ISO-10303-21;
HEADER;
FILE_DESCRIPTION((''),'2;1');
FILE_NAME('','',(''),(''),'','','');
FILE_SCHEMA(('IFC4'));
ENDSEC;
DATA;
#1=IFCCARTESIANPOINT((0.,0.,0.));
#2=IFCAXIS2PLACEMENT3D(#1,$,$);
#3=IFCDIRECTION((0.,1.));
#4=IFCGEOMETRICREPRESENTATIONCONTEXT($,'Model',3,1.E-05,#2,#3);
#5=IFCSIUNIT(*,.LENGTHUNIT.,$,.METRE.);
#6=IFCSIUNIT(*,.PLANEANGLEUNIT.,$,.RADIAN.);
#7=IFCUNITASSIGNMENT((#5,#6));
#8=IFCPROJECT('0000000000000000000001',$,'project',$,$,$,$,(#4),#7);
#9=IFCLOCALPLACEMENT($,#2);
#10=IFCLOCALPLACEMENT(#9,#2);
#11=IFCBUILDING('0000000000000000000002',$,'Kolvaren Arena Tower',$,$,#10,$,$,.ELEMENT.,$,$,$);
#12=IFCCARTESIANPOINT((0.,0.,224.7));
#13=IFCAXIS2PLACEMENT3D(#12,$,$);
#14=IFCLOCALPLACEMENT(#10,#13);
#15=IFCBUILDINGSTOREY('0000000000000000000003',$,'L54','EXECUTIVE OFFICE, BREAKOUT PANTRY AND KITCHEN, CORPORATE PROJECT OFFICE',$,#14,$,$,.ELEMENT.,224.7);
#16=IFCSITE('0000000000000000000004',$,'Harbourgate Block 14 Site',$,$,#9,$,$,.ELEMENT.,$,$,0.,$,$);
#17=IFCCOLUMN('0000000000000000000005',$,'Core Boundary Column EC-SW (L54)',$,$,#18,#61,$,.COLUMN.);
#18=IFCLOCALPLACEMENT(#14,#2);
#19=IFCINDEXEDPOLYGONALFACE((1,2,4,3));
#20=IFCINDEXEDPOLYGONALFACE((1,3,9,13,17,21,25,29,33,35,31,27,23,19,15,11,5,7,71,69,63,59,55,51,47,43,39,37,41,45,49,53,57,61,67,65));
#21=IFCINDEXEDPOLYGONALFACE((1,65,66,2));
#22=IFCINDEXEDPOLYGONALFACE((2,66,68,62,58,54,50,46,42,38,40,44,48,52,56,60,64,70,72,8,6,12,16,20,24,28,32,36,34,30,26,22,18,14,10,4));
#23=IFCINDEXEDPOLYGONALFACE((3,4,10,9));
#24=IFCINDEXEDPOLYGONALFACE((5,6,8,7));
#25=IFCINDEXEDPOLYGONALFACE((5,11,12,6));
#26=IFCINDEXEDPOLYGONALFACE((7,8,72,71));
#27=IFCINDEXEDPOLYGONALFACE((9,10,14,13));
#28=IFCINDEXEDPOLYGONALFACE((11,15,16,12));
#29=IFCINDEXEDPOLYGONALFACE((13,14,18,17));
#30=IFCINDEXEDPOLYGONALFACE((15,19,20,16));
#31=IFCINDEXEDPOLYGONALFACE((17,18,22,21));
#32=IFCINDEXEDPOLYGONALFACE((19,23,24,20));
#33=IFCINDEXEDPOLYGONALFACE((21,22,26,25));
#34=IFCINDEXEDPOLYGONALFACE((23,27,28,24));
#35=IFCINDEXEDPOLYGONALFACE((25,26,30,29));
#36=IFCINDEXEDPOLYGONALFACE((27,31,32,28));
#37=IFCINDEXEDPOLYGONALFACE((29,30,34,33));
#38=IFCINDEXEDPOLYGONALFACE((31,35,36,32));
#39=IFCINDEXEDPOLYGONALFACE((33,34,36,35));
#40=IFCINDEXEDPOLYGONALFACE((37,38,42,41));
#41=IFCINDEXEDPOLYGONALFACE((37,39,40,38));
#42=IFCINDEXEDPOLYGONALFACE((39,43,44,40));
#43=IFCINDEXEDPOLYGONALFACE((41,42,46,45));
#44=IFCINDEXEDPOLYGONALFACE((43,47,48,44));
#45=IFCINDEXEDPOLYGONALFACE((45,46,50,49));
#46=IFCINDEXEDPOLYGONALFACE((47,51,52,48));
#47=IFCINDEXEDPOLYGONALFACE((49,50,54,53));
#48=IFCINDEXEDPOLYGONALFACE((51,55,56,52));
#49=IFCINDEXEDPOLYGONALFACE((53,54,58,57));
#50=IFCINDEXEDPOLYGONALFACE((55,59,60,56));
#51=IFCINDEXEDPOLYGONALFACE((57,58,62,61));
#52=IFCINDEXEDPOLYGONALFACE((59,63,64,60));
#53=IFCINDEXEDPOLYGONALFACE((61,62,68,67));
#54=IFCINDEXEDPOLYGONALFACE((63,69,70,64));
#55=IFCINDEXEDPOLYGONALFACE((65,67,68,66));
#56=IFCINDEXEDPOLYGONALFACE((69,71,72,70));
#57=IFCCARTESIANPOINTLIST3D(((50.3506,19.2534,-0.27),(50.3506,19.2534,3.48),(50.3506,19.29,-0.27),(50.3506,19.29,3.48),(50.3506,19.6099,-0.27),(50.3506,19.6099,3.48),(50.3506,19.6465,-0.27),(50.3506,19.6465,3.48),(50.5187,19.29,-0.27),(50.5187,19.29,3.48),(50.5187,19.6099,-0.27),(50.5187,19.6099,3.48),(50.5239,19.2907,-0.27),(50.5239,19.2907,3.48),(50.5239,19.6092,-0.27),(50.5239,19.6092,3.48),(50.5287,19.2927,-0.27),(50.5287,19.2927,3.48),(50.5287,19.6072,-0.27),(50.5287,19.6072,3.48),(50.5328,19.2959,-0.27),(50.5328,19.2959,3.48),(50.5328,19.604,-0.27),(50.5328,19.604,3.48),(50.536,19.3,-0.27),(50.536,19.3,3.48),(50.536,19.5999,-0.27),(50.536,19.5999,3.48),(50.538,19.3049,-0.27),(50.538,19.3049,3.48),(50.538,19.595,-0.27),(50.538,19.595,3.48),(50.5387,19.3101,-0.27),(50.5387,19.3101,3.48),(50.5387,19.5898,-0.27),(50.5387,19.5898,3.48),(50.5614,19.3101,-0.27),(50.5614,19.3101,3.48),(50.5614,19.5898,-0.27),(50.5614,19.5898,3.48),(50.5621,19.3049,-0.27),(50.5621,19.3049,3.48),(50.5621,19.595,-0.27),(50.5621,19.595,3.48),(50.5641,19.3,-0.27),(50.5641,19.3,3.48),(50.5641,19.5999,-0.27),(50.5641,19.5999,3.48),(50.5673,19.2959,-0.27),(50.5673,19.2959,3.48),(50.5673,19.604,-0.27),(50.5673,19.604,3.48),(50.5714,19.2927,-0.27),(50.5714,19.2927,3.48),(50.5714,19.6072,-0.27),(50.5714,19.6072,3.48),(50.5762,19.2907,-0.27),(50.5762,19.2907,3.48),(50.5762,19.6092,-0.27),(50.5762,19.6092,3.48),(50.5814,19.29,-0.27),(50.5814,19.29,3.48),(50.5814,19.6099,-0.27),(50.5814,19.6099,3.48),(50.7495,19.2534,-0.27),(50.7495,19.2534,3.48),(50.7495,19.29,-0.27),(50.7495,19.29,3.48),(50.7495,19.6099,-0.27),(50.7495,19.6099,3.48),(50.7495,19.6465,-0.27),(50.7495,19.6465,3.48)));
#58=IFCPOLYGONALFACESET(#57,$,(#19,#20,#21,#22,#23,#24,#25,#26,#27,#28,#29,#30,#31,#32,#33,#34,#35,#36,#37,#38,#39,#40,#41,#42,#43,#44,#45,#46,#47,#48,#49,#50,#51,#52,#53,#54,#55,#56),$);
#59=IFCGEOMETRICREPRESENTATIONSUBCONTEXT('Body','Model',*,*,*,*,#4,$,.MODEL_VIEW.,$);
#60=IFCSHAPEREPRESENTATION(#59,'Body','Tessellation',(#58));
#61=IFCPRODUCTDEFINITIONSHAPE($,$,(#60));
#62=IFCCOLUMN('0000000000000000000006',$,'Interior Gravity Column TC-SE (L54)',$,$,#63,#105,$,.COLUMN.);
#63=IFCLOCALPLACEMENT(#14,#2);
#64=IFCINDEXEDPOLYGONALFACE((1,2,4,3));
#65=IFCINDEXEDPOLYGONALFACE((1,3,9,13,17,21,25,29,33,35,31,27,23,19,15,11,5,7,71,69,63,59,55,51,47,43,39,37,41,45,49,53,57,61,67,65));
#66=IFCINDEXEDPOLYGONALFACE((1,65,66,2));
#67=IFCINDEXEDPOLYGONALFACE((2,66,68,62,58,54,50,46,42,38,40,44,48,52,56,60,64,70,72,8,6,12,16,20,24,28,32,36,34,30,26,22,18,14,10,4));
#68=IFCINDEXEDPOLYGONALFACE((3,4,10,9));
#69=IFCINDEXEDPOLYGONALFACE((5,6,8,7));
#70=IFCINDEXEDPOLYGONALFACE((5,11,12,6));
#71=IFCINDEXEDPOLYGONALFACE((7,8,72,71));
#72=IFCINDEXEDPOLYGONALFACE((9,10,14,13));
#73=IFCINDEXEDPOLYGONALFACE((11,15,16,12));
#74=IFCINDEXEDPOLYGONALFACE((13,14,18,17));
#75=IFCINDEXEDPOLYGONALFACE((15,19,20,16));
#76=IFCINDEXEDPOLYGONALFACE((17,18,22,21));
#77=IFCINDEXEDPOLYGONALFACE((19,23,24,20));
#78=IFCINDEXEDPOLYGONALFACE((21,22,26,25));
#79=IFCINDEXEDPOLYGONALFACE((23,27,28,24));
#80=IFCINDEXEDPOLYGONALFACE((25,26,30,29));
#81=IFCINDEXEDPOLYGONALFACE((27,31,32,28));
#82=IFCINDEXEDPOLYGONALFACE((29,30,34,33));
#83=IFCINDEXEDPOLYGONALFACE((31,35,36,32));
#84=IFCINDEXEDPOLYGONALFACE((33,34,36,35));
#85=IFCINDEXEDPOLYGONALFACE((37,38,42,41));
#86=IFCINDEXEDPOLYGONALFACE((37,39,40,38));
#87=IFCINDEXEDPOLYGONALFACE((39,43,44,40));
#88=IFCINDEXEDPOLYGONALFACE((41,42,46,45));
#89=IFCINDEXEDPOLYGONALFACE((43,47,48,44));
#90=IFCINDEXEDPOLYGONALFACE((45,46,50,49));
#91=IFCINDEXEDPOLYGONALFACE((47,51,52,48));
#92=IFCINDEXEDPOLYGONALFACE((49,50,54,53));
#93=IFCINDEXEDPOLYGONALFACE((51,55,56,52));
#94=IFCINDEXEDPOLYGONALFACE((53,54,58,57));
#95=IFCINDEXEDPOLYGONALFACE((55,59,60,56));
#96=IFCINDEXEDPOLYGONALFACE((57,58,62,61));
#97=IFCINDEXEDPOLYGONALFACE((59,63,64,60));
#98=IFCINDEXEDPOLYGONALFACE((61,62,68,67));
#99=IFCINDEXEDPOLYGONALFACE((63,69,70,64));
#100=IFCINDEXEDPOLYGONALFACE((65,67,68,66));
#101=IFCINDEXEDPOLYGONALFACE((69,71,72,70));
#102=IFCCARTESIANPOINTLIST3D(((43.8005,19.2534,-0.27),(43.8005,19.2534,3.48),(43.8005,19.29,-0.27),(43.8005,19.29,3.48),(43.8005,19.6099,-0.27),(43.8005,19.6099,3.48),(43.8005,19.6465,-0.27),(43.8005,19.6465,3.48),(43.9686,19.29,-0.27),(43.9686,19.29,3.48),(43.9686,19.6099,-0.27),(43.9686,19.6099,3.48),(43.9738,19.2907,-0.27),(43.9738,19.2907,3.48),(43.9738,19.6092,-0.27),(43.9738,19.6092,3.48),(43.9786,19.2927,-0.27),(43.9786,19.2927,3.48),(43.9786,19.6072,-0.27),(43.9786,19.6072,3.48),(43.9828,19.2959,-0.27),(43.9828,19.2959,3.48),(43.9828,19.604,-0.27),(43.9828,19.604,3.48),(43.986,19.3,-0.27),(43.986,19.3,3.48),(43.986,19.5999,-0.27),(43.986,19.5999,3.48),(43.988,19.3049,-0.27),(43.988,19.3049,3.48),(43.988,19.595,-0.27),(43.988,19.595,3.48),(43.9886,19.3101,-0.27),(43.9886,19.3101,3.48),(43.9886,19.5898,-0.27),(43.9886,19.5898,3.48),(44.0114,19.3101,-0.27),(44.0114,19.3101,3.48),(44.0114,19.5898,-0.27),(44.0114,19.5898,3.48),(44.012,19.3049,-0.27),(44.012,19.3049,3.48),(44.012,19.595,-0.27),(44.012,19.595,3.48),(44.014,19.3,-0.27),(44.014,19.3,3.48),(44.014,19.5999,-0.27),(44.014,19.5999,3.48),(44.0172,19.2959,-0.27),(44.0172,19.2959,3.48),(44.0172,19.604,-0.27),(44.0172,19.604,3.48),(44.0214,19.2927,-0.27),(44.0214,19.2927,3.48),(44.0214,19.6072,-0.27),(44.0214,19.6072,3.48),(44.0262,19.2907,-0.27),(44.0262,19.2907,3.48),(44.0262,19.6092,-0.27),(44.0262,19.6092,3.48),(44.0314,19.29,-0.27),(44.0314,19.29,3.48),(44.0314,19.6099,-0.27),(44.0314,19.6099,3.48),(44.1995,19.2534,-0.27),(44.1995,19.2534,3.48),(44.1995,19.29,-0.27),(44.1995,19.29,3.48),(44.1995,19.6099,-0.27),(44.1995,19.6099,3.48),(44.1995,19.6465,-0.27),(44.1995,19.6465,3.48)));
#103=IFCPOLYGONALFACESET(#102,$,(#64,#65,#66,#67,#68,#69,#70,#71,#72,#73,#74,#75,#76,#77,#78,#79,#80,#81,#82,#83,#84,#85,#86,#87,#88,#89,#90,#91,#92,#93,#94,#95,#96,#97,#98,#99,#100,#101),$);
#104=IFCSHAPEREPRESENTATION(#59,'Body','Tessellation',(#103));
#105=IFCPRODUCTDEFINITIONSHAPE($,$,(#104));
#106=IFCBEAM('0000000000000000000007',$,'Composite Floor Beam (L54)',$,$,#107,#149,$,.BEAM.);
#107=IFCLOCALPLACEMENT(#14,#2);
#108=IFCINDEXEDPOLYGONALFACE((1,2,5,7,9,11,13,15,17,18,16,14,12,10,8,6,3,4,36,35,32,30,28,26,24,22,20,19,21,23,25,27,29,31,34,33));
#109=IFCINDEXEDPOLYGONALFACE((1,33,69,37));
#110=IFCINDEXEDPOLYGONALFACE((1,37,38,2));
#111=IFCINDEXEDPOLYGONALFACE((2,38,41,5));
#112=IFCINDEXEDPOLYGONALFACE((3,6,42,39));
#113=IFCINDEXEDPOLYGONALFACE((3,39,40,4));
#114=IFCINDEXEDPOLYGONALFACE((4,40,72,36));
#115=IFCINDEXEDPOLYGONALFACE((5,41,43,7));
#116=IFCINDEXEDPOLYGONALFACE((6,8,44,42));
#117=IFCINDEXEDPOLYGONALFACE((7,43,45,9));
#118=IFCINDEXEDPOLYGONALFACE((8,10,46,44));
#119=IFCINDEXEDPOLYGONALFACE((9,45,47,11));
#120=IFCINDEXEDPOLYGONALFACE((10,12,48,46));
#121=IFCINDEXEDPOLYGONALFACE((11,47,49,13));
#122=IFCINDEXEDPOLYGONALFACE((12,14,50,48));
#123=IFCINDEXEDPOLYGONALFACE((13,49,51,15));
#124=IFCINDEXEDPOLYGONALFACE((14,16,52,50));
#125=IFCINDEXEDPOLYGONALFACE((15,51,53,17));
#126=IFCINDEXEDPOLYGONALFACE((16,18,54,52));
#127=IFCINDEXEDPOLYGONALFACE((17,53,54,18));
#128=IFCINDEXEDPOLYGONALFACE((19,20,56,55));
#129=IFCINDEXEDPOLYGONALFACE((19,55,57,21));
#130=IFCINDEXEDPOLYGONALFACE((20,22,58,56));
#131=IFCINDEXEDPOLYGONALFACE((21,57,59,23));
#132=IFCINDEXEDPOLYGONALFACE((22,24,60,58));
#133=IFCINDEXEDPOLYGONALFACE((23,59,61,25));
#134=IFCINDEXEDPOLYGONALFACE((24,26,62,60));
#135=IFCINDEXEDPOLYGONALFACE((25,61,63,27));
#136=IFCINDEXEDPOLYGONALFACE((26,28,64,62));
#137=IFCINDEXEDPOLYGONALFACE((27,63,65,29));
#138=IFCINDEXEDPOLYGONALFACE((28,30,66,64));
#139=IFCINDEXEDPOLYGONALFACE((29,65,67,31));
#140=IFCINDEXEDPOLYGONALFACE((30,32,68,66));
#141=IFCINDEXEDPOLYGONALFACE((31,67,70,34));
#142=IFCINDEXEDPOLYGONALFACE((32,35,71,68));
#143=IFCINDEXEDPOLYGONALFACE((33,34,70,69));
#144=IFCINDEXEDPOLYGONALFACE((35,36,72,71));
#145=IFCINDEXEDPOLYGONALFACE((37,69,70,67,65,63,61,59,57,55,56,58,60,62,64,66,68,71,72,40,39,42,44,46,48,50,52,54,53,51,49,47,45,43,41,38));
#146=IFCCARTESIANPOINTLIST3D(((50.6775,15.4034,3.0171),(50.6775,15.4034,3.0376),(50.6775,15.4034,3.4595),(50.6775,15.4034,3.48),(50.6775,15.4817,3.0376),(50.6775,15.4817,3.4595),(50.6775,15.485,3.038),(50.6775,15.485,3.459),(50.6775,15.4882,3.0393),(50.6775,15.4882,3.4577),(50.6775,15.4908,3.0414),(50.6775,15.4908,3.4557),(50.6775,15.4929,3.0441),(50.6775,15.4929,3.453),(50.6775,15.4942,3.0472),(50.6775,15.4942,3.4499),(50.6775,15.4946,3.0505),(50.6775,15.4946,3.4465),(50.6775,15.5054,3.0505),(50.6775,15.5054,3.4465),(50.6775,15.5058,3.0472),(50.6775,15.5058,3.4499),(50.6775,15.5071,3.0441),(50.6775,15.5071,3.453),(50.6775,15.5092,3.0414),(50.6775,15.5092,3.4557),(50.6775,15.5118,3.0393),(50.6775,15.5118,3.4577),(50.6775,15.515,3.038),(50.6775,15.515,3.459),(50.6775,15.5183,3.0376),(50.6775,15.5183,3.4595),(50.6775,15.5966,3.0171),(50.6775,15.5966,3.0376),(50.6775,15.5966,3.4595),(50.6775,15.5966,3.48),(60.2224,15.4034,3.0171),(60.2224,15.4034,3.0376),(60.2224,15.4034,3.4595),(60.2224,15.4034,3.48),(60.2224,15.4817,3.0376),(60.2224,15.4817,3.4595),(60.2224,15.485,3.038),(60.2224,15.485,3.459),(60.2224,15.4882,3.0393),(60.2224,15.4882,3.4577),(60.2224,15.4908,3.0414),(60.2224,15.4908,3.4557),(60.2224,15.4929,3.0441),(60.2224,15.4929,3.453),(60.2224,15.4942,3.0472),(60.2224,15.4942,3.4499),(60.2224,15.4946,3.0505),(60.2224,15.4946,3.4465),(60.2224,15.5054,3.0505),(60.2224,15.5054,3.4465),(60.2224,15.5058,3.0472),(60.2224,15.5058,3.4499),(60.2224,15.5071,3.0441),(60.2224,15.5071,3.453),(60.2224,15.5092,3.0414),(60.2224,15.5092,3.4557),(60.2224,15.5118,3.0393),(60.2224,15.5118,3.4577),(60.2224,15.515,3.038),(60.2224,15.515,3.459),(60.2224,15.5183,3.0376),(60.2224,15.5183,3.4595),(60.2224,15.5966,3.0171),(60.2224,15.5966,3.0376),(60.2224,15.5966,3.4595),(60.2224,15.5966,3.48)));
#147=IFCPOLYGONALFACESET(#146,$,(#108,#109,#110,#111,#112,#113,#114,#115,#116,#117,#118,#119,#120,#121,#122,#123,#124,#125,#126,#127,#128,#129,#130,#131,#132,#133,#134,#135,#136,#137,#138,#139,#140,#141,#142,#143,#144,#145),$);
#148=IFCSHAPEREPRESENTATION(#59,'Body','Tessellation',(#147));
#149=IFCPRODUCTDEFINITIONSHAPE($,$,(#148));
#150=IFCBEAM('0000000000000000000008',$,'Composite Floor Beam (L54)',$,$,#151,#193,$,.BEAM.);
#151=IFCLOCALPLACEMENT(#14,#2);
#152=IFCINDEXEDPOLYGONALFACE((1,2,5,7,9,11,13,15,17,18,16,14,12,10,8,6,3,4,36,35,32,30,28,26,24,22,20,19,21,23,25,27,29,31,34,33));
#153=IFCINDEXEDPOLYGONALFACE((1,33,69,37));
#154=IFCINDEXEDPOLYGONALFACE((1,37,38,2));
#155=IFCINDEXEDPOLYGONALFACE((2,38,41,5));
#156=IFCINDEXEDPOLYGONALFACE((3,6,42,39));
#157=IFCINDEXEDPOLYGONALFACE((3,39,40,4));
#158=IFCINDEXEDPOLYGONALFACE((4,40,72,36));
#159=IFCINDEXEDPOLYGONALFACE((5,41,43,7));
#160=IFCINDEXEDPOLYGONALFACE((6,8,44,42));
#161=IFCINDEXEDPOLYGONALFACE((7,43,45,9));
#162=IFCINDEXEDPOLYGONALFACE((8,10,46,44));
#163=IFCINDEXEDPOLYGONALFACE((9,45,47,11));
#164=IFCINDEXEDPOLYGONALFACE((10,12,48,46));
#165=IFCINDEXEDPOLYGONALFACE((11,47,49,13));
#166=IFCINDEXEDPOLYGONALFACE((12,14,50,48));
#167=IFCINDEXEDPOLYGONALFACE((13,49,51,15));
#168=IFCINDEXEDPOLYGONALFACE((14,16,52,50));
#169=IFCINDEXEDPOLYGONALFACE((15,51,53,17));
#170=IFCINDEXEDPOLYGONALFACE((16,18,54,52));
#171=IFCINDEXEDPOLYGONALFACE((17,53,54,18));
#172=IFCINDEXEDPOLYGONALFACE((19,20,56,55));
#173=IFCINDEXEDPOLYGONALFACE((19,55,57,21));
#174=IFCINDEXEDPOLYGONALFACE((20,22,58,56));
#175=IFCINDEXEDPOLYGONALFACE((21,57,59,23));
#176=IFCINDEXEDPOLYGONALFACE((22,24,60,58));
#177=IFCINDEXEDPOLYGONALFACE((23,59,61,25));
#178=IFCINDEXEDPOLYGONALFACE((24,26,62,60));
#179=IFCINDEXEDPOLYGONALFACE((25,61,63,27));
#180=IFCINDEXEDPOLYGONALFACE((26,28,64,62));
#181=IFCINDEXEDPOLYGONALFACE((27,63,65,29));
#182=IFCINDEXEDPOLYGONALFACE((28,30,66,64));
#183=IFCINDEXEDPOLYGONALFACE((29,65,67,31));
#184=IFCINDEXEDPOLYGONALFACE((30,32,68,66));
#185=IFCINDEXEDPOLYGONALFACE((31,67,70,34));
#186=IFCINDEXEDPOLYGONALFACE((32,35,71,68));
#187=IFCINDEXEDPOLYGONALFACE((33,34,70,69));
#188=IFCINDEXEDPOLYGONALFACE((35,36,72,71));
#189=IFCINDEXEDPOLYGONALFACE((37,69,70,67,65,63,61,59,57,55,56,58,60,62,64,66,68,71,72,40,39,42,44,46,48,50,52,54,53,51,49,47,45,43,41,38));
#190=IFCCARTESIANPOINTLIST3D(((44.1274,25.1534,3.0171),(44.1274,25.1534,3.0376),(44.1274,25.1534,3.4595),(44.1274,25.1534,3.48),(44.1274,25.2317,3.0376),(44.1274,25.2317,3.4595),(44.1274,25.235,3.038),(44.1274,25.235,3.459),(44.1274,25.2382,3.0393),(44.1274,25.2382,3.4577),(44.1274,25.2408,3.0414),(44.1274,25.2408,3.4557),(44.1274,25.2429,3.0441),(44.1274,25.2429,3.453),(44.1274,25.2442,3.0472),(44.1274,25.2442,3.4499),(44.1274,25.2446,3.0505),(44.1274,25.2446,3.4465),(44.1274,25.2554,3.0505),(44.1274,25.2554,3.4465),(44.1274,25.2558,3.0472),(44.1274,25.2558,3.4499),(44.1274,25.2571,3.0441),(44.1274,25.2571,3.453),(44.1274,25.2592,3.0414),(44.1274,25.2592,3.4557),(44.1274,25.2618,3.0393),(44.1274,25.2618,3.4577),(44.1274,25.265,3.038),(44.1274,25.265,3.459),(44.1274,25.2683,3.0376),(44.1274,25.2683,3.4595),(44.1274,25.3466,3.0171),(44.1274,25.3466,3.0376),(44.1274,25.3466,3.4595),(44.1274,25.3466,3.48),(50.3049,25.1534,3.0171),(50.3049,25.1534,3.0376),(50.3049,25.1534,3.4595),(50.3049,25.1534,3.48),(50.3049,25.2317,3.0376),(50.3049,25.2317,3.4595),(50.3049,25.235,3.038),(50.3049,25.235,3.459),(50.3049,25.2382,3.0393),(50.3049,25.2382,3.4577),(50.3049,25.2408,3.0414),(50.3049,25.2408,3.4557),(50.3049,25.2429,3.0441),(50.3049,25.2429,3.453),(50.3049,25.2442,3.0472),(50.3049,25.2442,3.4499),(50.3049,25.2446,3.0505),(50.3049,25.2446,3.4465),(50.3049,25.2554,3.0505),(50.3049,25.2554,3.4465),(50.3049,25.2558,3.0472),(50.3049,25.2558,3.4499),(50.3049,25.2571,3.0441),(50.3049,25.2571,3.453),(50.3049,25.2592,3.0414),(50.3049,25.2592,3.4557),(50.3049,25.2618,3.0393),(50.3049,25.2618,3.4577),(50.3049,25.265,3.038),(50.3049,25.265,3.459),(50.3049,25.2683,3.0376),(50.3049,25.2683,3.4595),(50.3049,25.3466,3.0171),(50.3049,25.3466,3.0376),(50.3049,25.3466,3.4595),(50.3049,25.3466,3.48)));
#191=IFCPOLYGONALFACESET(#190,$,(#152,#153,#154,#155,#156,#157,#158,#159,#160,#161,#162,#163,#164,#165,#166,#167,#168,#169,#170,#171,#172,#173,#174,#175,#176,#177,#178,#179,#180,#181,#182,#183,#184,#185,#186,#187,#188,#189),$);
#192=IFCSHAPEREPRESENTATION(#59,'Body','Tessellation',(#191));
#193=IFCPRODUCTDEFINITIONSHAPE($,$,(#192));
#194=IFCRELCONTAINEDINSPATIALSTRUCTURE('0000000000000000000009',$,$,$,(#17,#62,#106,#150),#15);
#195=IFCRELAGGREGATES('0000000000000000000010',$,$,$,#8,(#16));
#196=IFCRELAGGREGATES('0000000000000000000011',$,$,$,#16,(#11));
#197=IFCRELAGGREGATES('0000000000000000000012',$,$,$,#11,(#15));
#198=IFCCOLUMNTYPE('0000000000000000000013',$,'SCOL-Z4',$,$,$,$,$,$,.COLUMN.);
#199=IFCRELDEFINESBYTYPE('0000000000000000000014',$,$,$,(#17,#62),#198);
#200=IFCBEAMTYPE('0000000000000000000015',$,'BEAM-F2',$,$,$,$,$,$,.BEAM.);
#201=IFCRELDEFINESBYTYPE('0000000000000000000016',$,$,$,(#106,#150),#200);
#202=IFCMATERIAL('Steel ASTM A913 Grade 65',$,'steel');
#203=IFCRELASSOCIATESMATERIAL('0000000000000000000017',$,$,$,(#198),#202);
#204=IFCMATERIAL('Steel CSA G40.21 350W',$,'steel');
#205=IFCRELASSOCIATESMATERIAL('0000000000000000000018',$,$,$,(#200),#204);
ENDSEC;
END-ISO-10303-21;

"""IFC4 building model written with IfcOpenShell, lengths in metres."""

from ifc_helpers import new_model, si_unit, direction, frame, origin, origin_2d, place, context, subcontext, project, spatial, i_section, extrude, material, material_profile, profile_set, type_object, element, save


model = new_model("IFC4")

# Units and contexts
model_context = context("Model", 3, precision=1e-05, world=origin(), true_north=direction((0.0, 1.0)))
body_context = subcontext(model_context, "Body", "Model", "MODEL_VIEW")
ifc_project = project(units=[si_unit("LENGTHUNIT", "METRE"), si_unit("PLANEANGLEUNIT", "RADIAN")], contexts=[model_context])

# Site, building, storey
site_placement = place(None, origin())
site = spatial("IfcSite", under=ifc_project, at=site_placement, Name="Harbourgate Block 14 Site", CompositionType="ELEMENT", RefElevation=0.0)
building_placement = place(site_placement, origin())
building = spatial("IfcBuilding", under=site, at=building_placement, Name="Kolvaren Arena Tower", CompositionType="ELEMENT")
storey_placement = place(building_placement, frame((0.0, 0.0, 224.7)))
storey = spatial("IfcBuildingStorey", under=building, at=storey_placement, Name="L54", Description="EXECUTIVE OFFICE, BREAKOUT PANTRY AND KITCHEN, CORPORATE PROJECT OFFICE", CompositionType="ELEMENT", Elevation=224.7)

# Columns
ifc_material_1 = material(Name="Steel ASTM A913 Grade 65", Category="steel")
ifc_material_profile_1 = material_profile(ifc_material_1, i_section(OverallWidth=0.3989, OverallDepth=0.3931, WebThickness=0.0227, FlangeThickness=0.0366, FilletRadius=0.02, at=origin_2d()), Name="W360x287")
ifc_profile_set_1 = profile_set([ifc_material_profile_1], Name="Steel ASTM A913 Grade 65")
column_type = type_object("IfcColumnType", Name="SCOL-Z4", PredefinedType="COLUMN", material=ifc_profile_set_1)
for number, where, z_axis, x_axis, name in (
    (1, (50.55, 19.45, -0.27), (0.0, 0.0, 1.0), (1.0, 0.0, 0.0), "Core Boundary Column EC-SW (L54)"),
    (2, (44.0, 19.45, -0.27), (0.0, 0.0, 1.0), (1.0, 0.0, 0.0), "Interior Gravity Column TC-SE (L54)"),
):
    element("IfcColumn", number, at=place(storey_placement, frame(where, z_axis=z_axis, x_axis=x_axis)), inside=storey, type_object=column_type, Name=name, PredefinedType="COLUMN", context=body_context, shape_type="SweptSolid", body=[
        extrude(i_section(OverallWidth=0.3989, OverallDepth=0.3931, WebThickness=0.0227, FlangeThickness=0.0366, FilletRadius=0.02, at=origin_2d()), origin(), (0.0, 0.0, 1.0), 3.75),
    ])

# Beams
ifc_material_2 = material(Name="Steel CSA G40.21 350W", Category="steel")
ifc_material_profile_2 = material_profile(ifc_material_2, i_section(OverallWidth=0.1931, OverallDepth=0.4629, WebThickness=0.0107, FlangeThickness=0.0205, FilletRadius=0.0129, at=origin_2d()), Name="W460x113")
ifc_profile_set_2 = profile_set([ifc_material_profile_2], Name="Steel CSA G40.21 350W")
beam_type_1 = type_object("IfcBeamType", Name="BEAM-F2", PredefinedType="BEAM", material=ifc_profile_set_2)
beam_1_placement = place(storey_placement, frame((50.6775, 15.5, 3.2485), z_axis=(1.0, 0.0, 0.0), x_axis=(0.0, 1.0, 0.0)))
element("IfcBeam", 3, at=beam_1_placement, inside=storey, type_object=beam_type_1, Name="Composite Floor Beam (L54)", PredefinedType="BEAM", context=body_context, shape_type="SweptSolid", body=[
    extrude(i_section(OverallWidth=0.1931, OverallDepth=0.4629, WebThickness=0.0107, FlangeThickness=0.0205, FilletRadius=0.0129, at=origin_2d()), origin(), (0.0, 0.0, 1.0), 9.5449),
])
beam_2_placement = place(storey_placement, frame((44.1274, 25.25, 3.2485), z_axis=(1.0, 0.0, 0.0), x_axis=(0.0, 1.0, 0.0)))
element("IfcBeam", 4, at=beam_2_placement, inside=storey, type_object=beam_type_1, Name="Composite Floor Beam (L54)", PredefinedType="BEAM", context=body_context, shape_type="SweptSolid", body=[
    extrude(i_section(OverallWidth=0.1931, OverallDepth=0.4629, WebThickness=0.0107, FlangeThickness=0.0205, FilletRadius=0.0129, at=origin_2d()), origin(), (0.0, 0.0, 1.0), 6.1775),
])

save(model, "model.ifc")
